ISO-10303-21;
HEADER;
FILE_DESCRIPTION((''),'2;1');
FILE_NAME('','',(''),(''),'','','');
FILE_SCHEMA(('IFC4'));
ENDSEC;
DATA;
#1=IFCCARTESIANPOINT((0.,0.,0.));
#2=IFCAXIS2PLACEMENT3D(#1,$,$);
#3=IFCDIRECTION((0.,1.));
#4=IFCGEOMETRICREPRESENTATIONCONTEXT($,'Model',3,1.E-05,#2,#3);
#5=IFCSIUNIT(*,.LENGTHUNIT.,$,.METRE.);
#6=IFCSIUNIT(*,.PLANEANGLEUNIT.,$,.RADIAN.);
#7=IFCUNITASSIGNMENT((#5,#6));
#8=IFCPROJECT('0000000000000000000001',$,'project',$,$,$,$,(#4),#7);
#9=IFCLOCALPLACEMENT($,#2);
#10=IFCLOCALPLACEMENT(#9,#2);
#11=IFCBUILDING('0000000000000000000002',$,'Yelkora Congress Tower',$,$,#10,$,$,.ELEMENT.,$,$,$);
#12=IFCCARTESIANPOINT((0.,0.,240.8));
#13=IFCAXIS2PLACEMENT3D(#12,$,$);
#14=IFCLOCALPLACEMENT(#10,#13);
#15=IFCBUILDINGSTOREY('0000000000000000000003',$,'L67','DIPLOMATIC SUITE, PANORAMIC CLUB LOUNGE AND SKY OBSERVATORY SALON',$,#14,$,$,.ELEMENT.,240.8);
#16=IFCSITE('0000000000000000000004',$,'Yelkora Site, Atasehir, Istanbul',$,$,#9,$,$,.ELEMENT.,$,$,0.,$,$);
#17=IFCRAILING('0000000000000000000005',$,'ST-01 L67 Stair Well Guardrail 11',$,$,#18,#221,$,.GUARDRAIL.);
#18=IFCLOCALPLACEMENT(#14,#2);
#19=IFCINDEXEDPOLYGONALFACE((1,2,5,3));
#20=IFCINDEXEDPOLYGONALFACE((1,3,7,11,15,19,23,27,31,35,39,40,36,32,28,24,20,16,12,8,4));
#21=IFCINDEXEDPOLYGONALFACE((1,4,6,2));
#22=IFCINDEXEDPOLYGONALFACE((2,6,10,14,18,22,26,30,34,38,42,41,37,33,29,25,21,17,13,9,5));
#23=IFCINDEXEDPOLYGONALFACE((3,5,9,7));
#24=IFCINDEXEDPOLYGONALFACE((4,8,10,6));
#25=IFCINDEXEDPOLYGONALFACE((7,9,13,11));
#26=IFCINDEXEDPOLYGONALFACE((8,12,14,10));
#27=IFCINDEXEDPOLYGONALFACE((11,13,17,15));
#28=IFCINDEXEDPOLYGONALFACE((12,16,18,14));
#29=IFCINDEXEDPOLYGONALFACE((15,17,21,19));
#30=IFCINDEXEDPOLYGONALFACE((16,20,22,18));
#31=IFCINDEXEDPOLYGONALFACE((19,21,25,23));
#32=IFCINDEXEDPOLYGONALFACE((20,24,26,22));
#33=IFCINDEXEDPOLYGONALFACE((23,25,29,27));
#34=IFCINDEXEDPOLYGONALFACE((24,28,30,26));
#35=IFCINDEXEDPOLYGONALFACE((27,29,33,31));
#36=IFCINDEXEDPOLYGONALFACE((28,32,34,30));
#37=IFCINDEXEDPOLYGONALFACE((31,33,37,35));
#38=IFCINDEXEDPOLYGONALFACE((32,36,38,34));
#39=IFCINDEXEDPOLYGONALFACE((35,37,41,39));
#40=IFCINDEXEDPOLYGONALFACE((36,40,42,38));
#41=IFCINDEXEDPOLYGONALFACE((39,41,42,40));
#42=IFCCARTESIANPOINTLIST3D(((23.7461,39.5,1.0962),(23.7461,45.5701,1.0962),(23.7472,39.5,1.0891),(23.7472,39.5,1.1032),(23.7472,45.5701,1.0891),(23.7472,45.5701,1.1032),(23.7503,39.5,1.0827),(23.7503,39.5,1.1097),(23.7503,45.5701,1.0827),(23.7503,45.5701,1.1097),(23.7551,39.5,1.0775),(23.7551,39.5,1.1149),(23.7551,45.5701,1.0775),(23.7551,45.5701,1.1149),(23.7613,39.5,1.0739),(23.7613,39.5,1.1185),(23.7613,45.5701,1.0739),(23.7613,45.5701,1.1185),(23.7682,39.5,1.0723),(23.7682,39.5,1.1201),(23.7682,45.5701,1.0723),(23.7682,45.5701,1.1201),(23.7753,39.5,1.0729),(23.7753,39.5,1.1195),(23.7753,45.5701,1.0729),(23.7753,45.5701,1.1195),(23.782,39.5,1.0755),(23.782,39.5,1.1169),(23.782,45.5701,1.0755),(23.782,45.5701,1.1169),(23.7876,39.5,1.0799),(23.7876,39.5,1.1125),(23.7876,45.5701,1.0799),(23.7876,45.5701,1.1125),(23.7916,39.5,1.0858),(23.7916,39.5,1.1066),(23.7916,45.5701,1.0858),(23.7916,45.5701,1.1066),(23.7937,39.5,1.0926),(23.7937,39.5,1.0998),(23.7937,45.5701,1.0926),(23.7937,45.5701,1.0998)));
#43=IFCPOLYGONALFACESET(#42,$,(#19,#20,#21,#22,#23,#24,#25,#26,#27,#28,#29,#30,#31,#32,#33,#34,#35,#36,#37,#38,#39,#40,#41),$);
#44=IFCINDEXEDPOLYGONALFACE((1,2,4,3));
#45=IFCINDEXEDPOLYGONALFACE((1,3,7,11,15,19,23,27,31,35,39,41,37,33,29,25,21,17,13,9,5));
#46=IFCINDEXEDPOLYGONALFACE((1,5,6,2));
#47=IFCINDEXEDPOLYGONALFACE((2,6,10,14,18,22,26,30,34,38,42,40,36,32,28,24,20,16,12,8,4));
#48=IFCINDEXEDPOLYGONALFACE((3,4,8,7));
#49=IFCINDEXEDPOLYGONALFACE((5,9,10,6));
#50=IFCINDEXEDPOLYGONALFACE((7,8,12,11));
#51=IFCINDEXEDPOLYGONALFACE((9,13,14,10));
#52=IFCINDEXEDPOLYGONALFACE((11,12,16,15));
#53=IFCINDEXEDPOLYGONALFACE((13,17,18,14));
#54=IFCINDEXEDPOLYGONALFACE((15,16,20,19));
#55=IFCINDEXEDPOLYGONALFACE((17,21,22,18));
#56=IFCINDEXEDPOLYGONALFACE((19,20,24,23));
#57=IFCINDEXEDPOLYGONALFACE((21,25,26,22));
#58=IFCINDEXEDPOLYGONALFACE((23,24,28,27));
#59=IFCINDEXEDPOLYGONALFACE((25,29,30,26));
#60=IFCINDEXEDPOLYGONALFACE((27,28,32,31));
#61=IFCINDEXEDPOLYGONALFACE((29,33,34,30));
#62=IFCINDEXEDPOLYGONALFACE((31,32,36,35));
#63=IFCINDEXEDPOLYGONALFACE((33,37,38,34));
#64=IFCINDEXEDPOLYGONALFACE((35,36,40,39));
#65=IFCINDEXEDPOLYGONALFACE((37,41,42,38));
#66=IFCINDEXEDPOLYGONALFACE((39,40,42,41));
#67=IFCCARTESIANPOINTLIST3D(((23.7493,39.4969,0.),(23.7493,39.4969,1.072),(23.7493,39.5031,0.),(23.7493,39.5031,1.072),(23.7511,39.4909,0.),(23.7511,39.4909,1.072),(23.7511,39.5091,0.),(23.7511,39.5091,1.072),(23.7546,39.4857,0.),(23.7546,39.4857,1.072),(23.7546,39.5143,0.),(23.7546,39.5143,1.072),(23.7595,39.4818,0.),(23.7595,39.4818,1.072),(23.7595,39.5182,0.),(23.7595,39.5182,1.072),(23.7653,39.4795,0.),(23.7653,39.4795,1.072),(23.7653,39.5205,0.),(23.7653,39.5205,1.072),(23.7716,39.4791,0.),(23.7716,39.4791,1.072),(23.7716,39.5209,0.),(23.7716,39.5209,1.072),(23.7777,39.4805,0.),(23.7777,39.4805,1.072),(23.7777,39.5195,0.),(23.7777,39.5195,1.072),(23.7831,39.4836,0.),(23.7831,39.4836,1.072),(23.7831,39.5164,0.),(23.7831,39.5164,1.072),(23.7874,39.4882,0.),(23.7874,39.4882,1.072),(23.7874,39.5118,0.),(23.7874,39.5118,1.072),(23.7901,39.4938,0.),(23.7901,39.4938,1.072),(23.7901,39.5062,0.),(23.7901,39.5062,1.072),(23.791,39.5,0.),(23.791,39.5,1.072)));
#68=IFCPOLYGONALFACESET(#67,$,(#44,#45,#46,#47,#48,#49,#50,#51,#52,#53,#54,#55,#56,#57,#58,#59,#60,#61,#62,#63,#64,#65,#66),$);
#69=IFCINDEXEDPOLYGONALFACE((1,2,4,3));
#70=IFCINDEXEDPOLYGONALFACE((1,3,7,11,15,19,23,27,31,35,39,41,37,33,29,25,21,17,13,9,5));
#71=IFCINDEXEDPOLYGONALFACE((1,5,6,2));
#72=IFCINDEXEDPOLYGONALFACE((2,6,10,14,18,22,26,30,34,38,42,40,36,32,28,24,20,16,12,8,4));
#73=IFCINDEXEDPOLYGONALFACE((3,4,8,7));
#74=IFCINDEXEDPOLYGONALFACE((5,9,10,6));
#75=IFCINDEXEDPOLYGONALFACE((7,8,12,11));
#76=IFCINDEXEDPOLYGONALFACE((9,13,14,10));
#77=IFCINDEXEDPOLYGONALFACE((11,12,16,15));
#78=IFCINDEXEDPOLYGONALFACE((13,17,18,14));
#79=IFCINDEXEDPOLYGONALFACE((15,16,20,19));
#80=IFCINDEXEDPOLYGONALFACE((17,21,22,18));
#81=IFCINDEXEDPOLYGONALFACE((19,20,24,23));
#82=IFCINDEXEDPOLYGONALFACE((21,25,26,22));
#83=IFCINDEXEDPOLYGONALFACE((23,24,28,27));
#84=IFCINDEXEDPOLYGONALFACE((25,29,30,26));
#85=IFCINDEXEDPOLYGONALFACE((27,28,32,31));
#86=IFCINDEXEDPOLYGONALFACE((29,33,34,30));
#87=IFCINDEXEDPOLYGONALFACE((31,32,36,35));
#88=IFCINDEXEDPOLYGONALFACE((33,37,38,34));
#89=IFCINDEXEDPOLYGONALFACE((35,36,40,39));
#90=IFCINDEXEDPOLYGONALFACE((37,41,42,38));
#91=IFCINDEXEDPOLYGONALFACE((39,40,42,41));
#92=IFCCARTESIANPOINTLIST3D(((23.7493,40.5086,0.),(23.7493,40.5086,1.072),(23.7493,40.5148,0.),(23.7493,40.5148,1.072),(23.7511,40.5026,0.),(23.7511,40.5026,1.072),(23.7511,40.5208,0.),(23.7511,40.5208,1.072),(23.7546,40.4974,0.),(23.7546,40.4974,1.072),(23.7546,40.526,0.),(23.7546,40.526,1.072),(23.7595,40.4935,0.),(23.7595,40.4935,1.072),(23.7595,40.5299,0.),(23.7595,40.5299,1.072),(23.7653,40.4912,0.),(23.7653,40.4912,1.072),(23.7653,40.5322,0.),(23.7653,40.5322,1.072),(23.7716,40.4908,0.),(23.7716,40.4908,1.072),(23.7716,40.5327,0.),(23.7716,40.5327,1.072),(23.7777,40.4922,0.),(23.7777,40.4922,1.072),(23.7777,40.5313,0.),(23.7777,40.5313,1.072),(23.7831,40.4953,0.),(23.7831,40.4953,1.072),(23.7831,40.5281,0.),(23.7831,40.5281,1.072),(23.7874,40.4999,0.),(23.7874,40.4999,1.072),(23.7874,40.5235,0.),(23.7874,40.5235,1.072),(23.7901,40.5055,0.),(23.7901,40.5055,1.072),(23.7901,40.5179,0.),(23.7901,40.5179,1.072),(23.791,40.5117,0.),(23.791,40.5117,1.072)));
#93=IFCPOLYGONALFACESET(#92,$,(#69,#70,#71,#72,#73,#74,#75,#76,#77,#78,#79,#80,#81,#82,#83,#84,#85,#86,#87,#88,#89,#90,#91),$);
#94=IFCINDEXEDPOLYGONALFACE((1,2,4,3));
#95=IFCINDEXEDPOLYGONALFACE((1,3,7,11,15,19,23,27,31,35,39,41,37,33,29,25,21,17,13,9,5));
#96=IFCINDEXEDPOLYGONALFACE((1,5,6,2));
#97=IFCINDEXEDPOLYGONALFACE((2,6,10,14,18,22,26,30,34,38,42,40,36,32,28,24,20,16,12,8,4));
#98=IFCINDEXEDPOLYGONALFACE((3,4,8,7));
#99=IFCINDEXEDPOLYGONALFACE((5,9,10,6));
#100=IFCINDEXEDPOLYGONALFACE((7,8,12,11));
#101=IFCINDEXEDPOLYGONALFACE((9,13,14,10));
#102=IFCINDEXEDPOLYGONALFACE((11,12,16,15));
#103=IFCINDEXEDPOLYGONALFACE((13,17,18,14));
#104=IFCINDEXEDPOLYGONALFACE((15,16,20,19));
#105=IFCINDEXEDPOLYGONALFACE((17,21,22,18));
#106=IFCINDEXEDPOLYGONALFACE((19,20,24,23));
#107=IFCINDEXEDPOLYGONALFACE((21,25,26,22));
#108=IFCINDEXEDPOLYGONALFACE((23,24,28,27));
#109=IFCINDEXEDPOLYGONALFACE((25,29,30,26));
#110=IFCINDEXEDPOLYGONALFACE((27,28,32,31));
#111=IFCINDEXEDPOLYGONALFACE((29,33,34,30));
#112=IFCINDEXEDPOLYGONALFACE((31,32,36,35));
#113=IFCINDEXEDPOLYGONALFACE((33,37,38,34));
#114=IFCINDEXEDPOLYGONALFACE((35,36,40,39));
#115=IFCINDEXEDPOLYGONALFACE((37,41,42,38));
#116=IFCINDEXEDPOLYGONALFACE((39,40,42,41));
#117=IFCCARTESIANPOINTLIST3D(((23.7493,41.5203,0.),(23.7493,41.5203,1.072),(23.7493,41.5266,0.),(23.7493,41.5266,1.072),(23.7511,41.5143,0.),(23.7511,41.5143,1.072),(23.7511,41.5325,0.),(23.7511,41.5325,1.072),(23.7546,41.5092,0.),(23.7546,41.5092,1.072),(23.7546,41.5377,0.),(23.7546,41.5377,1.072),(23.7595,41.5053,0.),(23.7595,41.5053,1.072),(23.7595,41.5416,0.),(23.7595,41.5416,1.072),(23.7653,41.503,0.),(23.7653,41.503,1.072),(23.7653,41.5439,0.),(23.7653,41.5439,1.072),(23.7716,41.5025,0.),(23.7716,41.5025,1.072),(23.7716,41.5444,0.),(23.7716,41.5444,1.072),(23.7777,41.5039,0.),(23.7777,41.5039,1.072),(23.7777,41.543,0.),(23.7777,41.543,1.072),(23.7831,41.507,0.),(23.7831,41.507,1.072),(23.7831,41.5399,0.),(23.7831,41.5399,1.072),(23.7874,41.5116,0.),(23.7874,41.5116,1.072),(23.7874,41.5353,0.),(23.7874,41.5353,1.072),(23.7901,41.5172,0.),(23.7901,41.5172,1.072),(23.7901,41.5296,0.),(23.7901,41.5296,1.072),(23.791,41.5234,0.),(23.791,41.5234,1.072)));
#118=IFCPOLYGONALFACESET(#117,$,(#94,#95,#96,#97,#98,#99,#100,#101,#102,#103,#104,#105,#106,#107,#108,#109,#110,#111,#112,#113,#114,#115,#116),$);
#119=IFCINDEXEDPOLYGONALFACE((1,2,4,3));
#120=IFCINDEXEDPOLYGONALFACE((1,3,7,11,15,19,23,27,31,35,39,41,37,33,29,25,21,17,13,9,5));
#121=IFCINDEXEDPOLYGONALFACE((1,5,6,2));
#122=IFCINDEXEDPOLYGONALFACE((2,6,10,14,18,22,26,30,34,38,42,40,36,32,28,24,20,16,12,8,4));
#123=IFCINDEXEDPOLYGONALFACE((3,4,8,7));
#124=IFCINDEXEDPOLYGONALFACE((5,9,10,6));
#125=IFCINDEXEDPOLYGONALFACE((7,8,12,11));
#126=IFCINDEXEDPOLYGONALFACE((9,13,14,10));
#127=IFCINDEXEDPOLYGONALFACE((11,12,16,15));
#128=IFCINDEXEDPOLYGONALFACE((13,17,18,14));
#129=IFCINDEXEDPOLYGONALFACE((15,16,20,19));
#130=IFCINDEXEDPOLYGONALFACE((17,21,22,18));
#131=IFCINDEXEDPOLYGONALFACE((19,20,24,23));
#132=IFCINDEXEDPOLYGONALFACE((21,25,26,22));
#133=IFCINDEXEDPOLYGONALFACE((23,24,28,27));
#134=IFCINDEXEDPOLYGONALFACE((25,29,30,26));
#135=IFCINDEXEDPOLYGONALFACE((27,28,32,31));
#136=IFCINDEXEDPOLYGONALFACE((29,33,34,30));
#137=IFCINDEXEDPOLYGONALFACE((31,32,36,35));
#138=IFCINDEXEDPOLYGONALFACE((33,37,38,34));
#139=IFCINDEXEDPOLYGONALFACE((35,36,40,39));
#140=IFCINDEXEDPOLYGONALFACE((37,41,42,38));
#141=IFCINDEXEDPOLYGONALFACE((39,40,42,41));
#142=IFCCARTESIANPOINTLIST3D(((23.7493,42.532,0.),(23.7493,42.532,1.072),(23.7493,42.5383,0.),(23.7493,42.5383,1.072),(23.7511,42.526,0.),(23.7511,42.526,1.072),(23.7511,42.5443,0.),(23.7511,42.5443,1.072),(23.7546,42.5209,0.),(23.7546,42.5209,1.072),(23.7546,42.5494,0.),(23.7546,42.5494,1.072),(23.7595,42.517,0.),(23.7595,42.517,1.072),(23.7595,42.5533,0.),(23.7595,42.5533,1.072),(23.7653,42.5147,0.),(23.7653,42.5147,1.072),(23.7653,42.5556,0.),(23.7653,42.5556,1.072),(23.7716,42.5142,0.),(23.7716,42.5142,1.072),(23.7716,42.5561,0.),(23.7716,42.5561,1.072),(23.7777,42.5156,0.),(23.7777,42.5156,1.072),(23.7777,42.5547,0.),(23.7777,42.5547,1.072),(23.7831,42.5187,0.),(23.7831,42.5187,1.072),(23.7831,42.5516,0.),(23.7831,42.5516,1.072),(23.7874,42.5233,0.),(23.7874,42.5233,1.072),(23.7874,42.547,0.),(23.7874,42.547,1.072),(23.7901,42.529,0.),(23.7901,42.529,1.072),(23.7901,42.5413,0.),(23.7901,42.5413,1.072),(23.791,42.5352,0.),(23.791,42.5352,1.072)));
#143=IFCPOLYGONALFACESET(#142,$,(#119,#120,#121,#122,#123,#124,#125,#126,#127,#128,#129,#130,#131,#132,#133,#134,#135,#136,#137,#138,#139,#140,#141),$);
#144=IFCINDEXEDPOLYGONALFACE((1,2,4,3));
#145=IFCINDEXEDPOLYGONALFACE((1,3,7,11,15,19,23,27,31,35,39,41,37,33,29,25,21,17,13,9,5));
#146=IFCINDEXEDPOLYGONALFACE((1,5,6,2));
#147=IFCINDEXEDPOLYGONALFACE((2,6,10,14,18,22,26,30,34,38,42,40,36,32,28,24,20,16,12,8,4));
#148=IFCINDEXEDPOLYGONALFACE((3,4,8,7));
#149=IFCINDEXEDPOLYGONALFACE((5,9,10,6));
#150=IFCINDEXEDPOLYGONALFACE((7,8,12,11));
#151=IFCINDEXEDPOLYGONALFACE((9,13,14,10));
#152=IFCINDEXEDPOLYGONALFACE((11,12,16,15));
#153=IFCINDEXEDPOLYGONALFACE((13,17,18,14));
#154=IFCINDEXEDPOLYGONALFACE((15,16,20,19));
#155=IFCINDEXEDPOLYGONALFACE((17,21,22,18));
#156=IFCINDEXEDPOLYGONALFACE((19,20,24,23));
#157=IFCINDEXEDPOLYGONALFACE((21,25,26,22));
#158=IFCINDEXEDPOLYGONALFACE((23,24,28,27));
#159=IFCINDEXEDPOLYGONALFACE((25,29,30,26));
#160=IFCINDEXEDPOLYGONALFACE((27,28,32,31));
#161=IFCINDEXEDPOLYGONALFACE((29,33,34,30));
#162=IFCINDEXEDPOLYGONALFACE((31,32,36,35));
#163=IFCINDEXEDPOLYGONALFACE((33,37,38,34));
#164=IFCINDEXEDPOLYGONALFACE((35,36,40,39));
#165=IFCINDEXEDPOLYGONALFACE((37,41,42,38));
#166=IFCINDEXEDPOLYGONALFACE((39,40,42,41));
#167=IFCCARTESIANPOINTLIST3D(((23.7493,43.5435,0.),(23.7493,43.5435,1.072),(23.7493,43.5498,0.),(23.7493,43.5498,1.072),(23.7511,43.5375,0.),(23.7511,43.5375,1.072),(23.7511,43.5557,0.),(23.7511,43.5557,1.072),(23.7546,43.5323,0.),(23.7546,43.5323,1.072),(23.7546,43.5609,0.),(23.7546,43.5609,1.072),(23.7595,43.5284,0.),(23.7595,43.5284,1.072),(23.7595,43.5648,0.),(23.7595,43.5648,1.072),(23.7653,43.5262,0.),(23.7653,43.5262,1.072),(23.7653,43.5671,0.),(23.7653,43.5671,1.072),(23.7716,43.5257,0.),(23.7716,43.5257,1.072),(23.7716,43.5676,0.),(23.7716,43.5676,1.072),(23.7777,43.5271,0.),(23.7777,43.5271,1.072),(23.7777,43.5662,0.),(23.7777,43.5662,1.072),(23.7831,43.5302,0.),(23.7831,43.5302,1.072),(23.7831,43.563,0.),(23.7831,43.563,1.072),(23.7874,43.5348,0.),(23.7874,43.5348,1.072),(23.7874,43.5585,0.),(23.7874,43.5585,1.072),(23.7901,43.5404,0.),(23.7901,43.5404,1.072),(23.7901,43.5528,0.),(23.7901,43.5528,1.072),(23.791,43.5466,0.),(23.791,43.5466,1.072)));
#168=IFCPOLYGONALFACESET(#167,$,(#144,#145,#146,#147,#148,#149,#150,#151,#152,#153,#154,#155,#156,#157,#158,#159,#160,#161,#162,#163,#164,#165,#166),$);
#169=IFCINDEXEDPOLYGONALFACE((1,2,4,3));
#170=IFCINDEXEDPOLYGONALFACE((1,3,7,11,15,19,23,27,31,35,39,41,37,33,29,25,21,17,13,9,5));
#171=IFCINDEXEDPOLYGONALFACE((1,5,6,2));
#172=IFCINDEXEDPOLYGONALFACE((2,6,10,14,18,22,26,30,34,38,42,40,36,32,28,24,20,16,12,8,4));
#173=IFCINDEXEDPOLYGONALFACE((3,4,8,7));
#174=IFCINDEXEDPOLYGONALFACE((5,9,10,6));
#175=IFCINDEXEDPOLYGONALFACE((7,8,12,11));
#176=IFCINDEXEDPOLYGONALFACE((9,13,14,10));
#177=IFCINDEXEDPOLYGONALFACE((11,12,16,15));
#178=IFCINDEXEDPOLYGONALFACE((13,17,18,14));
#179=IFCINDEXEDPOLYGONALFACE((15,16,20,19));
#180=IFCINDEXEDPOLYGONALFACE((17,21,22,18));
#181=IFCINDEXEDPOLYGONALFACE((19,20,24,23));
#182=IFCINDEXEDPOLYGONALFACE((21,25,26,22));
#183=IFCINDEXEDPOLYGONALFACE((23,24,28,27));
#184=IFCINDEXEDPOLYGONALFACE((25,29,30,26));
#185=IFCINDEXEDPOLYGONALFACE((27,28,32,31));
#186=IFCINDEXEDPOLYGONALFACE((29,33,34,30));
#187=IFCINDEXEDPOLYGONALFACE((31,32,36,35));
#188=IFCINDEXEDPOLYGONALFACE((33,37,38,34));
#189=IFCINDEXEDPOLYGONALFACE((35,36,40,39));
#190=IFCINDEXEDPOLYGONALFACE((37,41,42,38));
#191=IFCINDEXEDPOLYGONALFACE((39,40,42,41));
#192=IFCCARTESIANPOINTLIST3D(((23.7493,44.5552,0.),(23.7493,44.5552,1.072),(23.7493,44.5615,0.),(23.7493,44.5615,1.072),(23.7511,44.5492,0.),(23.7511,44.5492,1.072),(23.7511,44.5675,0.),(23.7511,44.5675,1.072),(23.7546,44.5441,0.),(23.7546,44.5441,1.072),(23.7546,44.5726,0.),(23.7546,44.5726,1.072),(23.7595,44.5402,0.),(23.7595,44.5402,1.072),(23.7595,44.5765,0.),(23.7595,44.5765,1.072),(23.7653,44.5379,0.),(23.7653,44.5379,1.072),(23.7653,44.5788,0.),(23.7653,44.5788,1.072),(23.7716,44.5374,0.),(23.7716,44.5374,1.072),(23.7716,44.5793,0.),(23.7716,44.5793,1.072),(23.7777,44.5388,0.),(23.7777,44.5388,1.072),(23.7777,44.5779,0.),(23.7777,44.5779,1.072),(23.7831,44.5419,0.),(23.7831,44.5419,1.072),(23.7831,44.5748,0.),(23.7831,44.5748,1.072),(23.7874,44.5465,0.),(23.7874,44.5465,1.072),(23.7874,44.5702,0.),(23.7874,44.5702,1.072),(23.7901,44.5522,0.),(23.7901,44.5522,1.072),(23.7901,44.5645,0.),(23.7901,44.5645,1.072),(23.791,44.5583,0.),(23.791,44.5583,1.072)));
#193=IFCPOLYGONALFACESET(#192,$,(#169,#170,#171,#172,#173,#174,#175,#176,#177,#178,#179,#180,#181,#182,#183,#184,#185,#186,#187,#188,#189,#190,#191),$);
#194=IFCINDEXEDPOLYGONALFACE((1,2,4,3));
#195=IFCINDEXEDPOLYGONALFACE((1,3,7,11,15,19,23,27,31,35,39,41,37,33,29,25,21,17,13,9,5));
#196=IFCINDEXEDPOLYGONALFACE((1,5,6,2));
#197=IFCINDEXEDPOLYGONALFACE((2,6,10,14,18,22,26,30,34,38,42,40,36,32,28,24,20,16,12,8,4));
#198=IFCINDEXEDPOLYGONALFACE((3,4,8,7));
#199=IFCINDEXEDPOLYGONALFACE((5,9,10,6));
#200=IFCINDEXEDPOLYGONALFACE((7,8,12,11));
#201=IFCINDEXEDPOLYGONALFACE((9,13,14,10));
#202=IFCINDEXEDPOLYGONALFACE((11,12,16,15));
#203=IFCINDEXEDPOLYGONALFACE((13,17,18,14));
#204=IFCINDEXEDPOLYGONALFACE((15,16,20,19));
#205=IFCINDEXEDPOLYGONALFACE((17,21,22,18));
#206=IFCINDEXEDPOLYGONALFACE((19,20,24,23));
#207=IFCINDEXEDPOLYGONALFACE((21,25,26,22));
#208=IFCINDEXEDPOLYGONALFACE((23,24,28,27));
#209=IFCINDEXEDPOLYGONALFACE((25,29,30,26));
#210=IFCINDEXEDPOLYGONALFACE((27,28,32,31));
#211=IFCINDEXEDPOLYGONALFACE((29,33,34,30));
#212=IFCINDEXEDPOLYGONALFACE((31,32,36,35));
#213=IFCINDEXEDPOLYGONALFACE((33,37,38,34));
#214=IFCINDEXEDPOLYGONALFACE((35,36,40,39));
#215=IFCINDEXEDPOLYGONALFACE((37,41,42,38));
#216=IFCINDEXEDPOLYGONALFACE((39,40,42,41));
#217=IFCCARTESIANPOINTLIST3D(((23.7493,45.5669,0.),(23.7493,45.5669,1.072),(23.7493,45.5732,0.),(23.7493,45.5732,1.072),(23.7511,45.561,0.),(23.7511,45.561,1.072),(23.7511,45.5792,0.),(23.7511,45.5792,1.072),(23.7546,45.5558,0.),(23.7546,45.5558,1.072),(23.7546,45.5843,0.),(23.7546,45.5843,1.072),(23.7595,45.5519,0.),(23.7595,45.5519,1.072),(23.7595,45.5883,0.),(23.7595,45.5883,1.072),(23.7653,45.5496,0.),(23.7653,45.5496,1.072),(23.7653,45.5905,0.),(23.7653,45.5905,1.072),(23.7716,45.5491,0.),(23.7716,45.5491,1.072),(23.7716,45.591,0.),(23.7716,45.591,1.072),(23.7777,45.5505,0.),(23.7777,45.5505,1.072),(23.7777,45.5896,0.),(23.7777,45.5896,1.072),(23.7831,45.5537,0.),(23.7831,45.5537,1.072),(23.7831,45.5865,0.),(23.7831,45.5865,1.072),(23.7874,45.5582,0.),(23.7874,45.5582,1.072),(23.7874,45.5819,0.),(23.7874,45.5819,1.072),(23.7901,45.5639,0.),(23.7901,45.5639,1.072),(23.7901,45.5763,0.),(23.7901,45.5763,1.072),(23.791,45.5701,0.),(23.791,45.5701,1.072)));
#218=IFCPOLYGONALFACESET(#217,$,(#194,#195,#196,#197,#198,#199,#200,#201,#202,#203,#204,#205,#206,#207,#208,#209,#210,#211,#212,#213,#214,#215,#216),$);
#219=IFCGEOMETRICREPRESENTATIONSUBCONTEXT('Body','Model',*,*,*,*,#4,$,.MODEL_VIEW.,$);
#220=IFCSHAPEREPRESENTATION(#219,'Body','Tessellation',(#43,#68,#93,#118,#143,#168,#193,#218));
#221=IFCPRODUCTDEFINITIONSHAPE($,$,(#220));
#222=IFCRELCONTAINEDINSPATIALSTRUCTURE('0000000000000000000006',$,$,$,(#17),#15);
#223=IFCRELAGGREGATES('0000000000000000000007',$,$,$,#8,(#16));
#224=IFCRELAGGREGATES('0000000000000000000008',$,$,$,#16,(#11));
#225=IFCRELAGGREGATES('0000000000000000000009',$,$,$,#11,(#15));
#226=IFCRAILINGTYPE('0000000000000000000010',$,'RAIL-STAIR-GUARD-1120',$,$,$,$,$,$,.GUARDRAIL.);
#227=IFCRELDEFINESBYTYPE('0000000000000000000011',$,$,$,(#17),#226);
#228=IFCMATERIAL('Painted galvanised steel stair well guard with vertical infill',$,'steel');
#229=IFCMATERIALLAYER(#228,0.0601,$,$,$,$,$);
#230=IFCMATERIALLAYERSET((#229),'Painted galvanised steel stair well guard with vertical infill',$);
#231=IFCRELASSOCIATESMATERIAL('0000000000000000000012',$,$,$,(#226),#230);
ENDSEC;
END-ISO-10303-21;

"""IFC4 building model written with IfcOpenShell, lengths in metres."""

from ifc_helpers import new_model, si_unit, direction, frame, origin, origin_2d, place, context, subcontext, project, spatial, circle, extrude, material, layer, layer_set, type_object, element, save


model = new_model("IFC4")

# Units and contexts
model_context = context("Model", 3, precision=1e-05, world=origin(), true_north=direction((0.0, 1.0)))
body_context = subcontext(model_context, "Body", "Model", "MODEL_VIEW")
ifc_project = project(units=[si_unit("LENGTHUNIT", "METRE"), si_unit("PLANEANGLEUNIT", "RADIAN")], contexts=[model_context])

# Site, building, storey
site_placement = place(None, origin())
site = spatial("IfcSite", under=ifc_project, at=site_placement, Name="Yelkora Site, Atasehir, Istanbul", CompositionType="ELEMENT", RefElevation=0.0)
building_placement = place(site_placement, origin())
building = spatial("IfcBuilding", under=site, at=building_placement, Name="Yelkora Congress Tower", CompositionType="ELEMENT")
storey_placement = place(building_placement, frame((0.0, 0.0, 240.8)))
storey = spatial("IfcBuildingStorey", under=building, at=storey_placement, Name="L67", Description="DIPLOMATIC SUITE, PANORAMIC CLUB LOUNGE AND SKY OBSERVATORY SALON", CompositionType="ELEMENT", Elevation=240.8)

# Railing
ifc_material_1 = material(Name="Painted galvanised steel stair well guard with vertical infill", Category="steel")
ifc_layer_1 = layer(ifc_material_1, 0.0601)
ifc_layer_set_1 = layer_set([ifc_layer_1], Name="Painted galvanised steel stair well guard with vertical infill")
railing_type_1 = type_object("IfcRailingType", Name="RAIL-STAIR-GUARD-1120", PredefinedType="GUARDRAIL", material=ifc_layer_set_1)
railing_1_placement = place(storey_placement, frame((23.77, 39.5, 0.0)))
element("IfcRailing", 1, at=railing_1_placement, inside=storey, type_object=railing_type_1, Name="ST-01 L67 Stair Well Guardrail 11", PredefinedType="GUARDRAIL", context=body_context, shape_type="SweptSolid", body=[
    extrude(circle(Radius=0.0239, at=origin_2d()), frame((0.0, 0.0, 1.0962), z_axis=(0.0, 1.0, 0.0), x_axis=(-1.0, 0.0, 0.0)), (0.0, 0.0, 1.0), 6.0701),
    extrude(circle(Radius=0.021, at=origin_2d()), origin(), (0.0, 0.0, 1.0), 1.072),
    extrude(circle(Radius=0.021, at=origin_2d()), frame((0.0, 1.0117, 0.0)), (0.0, 0.0, 1.0), 1.072),
    extrude(circle(Radius=0.021, at=origin_2d()), frame((0.0, 2.0234, 0.0)), (0.0, 0.0, 1.0), 1.072),
    extrude(circle(Radius=0.021, at=origin_2d()), frame((0.0, 3.0352, 0.0)), (0.0, 0.0, 1.0), 1.072),
    extrude(circle(Radius=0.021, at=origin_2d()), frame((0.0, 4.0466, 0.0)), (0.0, 0.0, 1.0), 1.072),
    extrude(circle(Radius=0.021, at=origin_2d()), frame((0.0, 5.0583, 0.0)), (0.0, 0.0, 1.0), 1.072),
    extrude(circle(Radius=0.021, at=origin_2d()), frame((0.0, 6.0701, 0.0)), (0.0, 0.0, 1.0), 1.072),
])

save(model, "model.ifc")
